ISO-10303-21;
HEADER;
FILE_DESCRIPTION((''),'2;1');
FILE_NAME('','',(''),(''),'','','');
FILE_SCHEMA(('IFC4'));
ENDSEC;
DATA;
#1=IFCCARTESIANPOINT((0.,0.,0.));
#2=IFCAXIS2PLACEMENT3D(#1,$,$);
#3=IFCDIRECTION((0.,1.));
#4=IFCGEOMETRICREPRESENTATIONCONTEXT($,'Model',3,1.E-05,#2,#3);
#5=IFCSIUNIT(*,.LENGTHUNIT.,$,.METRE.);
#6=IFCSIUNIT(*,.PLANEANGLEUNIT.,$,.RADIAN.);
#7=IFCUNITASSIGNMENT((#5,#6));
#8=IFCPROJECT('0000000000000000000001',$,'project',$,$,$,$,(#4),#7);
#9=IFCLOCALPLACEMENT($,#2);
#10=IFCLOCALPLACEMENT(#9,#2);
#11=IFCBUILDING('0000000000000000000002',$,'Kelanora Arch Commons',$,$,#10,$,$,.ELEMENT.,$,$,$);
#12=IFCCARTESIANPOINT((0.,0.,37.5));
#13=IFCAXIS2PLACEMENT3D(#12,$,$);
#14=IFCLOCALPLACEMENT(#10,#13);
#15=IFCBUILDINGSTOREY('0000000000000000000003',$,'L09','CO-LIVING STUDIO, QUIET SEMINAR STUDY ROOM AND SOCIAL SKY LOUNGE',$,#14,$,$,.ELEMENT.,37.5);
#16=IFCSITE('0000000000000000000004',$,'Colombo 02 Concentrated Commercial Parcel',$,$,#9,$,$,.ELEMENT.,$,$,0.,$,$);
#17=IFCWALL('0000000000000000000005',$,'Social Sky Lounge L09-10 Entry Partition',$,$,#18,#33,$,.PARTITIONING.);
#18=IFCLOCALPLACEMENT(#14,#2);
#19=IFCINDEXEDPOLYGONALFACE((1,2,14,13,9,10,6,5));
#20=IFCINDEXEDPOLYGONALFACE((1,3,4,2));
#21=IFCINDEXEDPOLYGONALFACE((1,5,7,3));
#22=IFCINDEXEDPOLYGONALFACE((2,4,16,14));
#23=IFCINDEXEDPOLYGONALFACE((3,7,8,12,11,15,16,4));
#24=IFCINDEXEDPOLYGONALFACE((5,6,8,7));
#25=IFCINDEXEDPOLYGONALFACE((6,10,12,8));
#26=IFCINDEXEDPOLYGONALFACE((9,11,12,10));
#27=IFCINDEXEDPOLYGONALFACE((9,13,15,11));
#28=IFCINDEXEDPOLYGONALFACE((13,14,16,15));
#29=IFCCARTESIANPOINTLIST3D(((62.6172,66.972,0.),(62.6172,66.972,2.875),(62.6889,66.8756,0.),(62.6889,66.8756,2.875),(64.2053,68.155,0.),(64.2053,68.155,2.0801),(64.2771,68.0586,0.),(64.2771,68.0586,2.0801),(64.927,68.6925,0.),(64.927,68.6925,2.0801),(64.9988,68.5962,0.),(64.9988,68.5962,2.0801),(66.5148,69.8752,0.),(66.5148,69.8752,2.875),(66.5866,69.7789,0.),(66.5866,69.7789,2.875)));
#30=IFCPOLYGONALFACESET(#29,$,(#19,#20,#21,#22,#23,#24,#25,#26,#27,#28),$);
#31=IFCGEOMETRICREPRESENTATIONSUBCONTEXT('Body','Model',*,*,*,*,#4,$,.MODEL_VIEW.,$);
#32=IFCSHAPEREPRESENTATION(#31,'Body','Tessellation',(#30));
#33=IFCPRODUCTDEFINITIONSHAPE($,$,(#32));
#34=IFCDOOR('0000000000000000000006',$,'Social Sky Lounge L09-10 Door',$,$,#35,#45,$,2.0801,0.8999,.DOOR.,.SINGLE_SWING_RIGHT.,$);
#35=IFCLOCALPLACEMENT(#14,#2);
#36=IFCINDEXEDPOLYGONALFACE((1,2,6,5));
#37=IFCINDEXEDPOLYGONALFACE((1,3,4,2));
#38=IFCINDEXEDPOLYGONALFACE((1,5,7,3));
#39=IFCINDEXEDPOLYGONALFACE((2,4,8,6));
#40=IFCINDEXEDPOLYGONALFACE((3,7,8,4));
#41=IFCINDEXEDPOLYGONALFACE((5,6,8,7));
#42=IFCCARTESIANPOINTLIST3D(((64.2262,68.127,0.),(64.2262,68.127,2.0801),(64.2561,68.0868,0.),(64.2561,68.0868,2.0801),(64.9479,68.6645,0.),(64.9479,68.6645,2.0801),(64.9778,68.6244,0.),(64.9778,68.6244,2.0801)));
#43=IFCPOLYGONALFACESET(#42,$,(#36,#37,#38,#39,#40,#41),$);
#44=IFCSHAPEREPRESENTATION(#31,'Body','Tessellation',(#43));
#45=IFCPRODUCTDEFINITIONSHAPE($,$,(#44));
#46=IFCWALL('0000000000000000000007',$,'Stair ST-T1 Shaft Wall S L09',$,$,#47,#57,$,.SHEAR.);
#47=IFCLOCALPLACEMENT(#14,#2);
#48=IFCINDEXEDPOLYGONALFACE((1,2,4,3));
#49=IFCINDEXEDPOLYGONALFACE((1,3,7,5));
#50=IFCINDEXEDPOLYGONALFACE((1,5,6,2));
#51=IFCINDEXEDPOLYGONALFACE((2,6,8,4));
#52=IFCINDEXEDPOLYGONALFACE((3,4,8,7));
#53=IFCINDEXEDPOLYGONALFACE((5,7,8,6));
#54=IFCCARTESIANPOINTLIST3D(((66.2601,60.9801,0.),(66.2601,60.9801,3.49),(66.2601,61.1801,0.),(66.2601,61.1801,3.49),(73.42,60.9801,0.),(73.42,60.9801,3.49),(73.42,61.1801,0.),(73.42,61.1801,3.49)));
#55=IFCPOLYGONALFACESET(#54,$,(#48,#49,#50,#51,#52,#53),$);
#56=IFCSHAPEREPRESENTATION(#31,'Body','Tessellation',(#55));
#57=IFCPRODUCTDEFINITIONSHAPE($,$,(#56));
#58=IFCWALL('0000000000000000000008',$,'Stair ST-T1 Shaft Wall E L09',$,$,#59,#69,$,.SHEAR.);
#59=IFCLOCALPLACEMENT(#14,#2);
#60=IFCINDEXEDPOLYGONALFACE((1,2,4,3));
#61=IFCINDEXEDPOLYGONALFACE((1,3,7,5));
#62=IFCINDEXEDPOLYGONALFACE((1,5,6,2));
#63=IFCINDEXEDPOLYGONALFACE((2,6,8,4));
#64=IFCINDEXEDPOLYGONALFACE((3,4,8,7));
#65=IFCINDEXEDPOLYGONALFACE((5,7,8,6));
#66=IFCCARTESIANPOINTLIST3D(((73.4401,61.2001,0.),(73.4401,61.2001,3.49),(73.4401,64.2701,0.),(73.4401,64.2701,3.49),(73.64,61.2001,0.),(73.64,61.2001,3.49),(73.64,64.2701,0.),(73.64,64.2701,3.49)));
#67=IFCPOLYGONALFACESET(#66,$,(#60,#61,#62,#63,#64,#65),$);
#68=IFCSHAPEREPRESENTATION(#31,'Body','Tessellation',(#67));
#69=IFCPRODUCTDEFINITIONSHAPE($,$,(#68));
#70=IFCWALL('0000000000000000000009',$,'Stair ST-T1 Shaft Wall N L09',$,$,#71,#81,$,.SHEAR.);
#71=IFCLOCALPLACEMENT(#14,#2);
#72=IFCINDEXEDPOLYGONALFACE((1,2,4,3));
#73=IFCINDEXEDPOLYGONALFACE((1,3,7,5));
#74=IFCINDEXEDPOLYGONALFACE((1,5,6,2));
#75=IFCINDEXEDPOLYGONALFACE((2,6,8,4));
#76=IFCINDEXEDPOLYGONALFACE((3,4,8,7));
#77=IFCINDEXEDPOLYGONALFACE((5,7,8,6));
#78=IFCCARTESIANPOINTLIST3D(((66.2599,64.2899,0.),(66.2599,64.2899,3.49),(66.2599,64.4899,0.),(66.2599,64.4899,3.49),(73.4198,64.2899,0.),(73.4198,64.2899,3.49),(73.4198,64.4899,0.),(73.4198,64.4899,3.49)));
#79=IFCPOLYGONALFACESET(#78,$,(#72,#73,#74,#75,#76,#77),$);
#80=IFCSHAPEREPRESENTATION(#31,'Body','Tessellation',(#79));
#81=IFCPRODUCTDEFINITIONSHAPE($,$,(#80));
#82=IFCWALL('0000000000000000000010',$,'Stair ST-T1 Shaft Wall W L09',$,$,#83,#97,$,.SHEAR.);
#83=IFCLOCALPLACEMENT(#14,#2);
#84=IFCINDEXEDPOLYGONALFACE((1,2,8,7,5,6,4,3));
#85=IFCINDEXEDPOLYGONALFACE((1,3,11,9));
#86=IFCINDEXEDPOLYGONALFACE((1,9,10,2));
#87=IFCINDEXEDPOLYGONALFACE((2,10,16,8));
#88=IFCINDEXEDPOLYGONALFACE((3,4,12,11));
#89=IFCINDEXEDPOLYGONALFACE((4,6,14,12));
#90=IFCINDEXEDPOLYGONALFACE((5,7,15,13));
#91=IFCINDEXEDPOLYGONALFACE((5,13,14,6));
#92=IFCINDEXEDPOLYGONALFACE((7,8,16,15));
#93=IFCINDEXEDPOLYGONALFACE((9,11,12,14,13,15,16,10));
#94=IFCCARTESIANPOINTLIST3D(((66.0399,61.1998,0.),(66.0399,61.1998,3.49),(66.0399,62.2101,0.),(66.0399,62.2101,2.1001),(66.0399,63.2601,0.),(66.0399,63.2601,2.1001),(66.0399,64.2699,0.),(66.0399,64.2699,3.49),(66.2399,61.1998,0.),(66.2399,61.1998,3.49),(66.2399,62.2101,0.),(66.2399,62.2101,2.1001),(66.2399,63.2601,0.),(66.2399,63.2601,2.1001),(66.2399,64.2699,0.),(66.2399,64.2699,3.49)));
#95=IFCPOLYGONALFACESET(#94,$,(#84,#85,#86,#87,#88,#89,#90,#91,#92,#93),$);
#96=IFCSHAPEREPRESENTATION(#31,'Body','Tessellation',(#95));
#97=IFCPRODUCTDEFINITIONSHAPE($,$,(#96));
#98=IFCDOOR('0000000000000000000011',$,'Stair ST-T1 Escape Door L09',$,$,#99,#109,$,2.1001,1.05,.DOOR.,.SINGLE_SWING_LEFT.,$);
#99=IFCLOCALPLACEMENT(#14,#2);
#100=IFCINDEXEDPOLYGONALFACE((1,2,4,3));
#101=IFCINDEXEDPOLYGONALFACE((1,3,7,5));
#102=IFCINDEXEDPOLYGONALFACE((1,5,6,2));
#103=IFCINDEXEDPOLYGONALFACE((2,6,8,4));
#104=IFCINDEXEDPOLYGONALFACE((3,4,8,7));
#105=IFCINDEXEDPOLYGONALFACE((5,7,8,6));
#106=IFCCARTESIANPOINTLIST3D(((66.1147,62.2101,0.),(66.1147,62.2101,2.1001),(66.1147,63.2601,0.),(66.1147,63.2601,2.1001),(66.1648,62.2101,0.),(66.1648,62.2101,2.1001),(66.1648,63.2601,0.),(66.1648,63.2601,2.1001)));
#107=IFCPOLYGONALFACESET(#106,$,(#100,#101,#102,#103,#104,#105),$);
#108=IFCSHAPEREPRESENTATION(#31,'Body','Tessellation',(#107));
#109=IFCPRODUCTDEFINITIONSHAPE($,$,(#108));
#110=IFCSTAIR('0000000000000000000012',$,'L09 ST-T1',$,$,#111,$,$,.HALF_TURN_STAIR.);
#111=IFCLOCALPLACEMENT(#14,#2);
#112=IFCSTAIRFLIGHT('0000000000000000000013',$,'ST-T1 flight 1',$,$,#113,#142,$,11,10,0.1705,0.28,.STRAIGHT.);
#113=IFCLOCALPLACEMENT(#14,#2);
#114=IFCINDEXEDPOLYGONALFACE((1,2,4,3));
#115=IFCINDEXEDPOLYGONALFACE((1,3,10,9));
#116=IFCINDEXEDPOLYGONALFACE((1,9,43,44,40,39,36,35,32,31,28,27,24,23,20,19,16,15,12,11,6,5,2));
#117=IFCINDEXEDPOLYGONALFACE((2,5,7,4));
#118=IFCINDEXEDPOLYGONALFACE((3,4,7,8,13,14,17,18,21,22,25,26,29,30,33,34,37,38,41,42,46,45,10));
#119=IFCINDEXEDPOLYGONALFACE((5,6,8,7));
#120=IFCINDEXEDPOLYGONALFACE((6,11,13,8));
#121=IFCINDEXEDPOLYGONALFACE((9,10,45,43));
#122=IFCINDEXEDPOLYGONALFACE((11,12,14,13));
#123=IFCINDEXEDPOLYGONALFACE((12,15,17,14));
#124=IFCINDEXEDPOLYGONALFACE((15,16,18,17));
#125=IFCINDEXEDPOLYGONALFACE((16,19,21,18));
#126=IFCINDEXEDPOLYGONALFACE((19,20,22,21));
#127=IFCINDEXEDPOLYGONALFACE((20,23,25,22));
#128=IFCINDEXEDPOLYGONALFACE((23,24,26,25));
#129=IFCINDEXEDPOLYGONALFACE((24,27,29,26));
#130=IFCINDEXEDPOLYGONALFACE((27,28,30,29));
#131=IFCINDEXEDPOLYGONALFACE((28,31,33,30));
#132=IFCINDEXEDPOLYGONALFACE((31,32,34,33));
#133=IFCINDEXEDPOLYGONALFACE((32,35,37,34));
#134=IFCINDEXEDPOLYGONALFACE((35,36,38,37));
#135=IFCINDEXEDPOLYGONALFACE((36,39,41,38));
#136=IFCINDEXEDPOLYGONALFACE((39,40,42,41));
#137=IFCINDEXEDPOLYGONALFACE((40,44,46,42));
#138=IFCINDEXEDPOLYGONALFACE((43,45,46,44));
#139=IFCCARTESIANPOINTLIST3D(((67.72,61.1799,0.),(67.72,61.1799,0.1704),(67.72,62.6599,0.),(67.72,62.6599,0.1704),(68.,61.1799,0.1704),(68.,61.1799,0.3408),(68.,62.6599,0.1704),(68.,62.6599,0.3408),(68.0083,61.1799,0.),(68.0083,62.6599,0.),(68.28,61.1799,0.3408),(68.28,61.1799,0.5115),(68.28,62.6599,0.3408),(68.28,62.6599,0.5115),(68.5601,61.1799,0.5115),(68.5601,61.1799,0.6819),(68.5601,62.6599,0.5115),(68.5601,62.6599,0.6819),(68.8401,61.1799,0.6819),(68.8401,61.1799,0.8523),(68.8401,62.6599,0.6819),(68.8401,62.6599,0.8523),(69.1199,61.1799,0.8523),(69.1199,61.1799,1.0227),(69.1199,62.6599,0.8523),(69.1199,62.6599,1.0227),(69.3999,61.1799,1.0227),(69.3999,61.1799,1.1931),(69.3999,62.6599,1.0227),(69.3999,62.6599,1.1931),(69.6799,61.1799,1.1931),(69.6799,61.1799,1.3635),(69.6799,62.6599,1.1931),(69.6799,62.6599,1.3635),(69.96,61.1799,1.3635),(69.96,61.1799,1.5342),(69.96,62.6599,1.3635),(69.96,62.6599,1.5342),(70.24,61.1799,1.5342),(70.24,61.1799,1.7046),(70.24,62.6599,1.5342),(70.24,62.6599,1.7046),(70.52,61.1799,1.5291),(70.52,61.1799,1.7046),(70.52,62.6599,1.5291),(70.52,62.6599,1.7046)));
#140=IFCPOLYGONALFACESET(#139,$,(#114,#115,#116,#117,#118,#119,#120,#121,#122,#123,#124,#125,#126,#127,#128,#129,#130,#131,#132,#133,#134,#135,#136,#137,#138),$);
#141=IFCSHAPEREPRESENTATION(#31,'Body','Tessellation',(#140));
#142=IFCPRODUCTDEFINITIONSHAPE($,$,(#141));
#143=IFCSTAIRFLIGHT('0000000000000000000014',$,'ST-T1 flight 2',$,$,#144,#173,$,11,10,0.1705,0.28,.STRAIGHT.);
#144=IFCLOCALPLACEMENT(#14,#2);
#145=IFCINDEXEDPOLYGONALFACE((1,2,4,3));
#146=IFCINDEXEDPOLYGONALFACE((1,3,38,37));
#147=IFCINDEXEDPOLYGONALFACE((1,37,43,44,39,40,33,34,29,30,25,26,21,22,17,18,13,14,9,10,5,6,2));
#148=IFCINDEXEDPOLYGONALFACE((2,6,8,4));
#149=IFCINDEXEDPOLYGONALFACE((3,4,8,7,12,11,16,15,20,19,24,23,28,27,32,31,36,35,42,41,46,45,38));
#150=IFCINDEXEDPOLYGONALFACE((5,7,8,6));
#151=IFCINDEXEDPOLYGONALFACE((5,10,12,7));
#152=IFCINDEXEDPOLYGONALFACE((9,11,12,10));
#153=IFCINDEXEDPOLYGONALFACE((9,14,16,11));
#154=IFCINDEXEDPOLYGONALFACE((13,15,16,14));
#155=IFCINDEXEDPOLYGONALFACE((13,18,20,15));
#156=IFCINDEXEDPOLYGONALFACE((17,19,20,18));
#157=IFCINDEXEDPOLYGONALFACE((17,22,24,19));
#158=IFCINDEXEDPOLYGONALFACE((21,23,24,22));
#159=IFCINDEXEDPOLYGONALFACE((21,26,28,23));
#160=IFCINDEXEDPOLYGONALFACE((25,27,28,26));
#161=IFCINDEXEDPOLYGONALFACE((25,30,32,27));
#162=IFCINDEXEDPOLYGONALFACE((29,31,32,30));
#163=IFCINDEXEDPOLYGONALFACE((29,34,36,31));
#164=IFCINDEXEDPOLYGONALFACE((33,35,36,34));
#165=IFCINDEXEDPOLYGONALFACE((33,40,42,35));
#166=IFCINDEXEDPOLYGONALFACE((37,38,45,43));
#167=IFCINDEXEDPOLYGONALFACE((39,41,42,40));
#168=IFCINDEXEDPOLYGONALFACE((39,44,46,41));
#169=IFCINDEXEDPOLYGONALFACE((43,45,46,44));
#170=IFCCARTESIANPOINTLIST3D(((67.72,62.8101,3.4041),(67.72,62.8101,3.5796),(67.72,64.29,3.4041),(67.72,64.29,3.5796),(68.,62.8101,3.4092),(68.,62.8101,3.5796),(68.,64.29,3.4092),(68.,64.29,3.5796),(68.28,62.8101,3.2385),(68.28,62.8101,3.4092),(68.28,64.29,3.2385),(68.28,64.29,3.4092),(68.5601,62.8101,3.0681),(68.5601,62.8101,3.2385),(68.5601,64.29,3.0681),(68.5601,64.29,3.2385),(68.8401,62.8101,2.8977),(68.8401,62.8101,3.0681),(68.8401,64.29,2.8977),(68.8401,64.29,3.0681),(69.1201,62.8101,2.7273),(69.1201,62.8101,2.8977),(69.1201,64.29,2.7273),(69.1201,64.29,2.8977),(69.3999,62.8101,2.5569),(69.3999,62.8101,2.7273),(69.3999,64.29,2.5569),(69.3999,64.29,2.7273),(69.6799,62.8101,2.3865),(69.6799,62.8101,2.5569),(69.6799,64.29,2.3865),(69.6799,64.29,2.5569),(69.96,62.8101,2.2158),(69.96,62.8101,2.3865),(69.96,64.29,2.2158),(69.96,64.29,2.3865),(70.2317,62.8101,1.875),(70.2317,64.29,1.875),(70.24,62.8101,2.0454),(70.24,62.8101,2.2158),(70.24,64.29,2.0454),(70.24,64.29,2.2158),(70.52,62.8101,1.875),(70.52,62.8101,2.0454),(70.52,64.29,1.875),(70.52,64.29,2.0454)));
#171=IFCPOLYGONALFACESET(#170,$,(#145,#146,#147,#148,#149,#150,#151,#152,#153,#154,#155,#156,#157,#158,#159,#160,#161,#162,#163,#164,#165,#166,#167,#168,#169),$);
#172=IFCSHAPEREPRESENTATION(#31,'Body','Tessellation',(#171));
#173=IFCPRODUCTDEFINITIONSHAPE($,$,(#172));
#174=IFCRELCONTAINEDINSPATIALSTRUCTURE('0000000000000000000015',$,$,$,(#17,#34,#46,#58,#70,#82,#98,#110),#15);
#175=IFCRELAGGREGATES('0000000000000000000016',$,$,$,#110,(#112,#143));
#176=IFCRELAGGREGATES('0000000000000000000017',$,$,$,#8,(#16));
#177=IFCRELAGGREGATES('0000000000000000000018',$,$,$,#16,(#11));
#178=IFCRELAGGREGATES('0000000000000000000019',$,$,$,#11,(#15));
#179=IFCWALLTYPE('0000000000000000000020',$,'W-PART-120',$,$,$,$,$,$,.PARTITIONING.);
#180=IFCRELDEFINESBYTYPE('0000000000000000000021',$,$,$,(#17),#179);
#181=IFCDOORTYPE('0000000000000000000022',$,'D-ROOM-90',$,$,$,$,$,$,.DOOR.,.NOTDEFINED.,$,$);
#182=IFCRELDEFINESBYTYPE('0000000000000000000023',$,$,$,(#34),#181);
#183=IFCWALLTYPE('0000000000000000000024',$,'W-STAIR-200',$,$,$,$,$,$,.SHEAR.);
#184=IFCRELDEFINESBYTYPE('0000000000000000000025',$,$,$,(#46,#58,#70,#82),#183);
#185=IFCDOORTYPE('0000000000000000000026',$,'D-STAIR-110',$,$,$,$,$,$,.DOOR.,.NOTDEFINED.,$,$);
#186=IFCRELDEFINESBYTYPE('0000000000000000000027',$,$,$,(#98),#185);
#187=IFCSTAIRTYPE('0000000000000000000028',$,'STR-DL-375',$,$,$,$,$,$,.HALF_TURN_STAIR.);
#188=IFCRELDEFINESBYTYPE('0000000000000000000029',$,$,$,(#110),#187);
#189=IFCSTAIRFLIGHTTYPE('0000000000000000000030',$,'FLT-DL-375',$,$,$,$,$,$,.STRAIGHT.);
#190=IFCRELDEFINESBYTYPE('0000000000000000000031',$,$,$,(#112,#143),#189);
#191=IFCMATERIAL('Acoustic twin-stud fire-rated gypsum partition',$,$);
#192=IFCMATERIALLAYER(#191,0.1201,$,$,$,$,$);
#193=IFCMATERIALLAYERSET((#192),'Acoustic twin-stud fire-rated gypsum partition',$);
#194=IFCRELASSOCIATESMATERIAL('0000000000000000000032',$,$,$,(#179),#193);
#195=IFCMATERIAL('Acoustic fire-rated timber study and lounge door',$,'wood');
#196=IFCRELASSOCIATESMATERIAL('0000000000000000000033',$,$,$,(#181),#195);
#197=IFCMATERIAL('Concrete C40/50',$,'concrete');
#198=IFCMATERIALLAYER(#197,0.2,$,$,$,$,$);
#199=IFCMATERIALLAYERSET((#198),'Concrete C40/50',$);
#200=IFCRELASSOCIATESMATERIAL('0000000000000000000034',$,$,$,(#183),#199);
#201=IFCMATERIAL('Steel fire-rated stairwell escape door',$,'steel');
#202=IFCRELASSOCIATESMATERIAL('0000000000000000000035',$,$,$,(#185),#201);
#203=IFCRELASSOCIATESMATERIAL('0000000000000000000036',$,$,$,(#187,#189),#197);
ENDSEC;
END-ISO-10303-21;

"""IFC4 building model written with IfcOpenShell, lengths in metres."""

from ifc_helpers import new_model, si_unit, direction, frame, frame_2d, origin, place, context, subcontext, project, spatial, polyline, rectangle, outline, extrude, material, layer, layer_set, type_object, element, fill, aggregate, save


model = new_model("IFC4")

# Units and contexts
model_context = context("Model", 3, precision=1e-05, world=origin(), true_north=direction((0.0, 1.0)))
body_context = subcontext(model_context, "Body", "Model", "MODEL_VIEW")
ifc_project = project(units=[si_unit("LENGTHUNIT", "METRE"), si_unit("PLANEANGLEUNIT", "RADIAN")], contexts=[model_context])

# Site, building, storey
site_placement = place(None, origin())
site = spatial("IfcSite", under=ifc_project, at=site_placement, Name="Colombo 02 Concentrated Commercial Parcel", CompositionType="ELEMENT", RefElevation=0.0)
building_placement = place(site_placement, origin())
building = spatial("IfcBuilding", under=site, at=building_placement, Name="Kelanora Arch Commons", CompositionType="ELEMENT")
storey_placement = place(building_placement, frame((0.0, 0.0, 37.5)))
storey = spatial("IfcBuildingStorey", under=building, at=storey_placement, Name="L09", Description="CO-LIVING STUDIO, QUIET SEMINAR STUDY ROOM AND SOCIAL SKY LOUNGE", CompositionType="ELEMENT", Elevation=37.5)

# Shared definitions
ifc_material_1 = material(Name="Concrete C40/50", Category="concrete")

# Wall, opening, door
ifc_material_2 = material(Name="Acoustic twin-stud fire-rated gypsum partition")
ifc_layer_1 = layer(ifc_material_2, 0.1201)
ifc_layer_set_1 = layer_set([ifc_layer_1], Name="Acoustic twin-stud fire-rated gypsum partition")
wall_type_1 = type_object("IfcWallType", Name="W-PART-120", PredefinedType="PARTITIONING", material=ifc_layer_set_1)
wall_1_placement = place(storey_placement, frame((66.5508, 69.8271, 0.0), z_axis=(0.0, 0.0, 1.0), x_axis=(-0.801967, -0.597369, 0.0)))
wall_1 = element("IfcWall", 1, at=wall_1_placement, inside=storey, type_object=wall_type_1, Name="Social Sky Lounge L09-10 Entry Partition", PredefinedType="PARTITIONING", context=body_context, shape_type="SweptSolid", body=[
    extrude(rectangle(XDim=4.8601, YDim=0.1201, at=frame_2d((2.4302, 0.0))), origin(), (0.0, 0.0, 1.0), 2.875),
])
opening_1_placement = place(wall_1_placement, frame((1.98, 0.0, 0.0)))
opening_1 = element("IfcOpeningElement", 2, at=opening_1_placement, cuts=wall_1, PredefinedType="OPENING", context=body_context, shape_type="SweptSolid", body=[
    extrude(rectangle(XDim=0.8999, YDim=2.0801, at=frame_2d((0.45, 1.04))), frame((0.0, 0.0701, 0.0), z_axis=(0.0, -1.0, 0.0), x_axis=(1.0, 0.0, 0.0)), (0.0, 0.0, 1.0), 0.1401),
])
ifc_material_3 = material(Name="Acoustic fire-rated timber study and lounge door", Category="wood")
door_type_1 = type_object("IfcDoorType", Name="D-ROOM-90", OperationType="NOTDEFINED", PredefinedType="DOOR", material=ifc_material_3)
door_1_placement = place(opening_1_placement, origin())
door_1 = element("IfcDoor", 3, at=door_1_placement, inside=storey, type_object=door_type_1, Name="Social Sky Lounge L09-10 Door", OperationType="SINGLE_SWING_RIGHT", OverallHeight=2.0801, OverallWidth=0.8999, PredefinedType="DOOR", context=body_context, shape_type="SweptSolid", body=[
    extrude(rectangle(XDim=0.8999, YDim=2.0801, at=frame_2d((0.45, 1.04))), frame((0.0, 0.0249, 0.0), z_axis=(0.0, -1.0, 0.0), x_axis=(1.0, 0.0, 0.0)), (0.0, 0.0, 1.0), 0.05),
])
fill(opening_1, door_1)

# Walls
ifc_layer_2 = layer(ifc_material_1, 0.2)
ifc_layer_set_2 = layer_set([ifc_layer_2], Name="Concrete C40/50")
wall_type_2 = type_object("IfcWallType", Name="W-STAIR-200", PredefinedType="SHEAR", material=ifc_layer_set_2)
wall_2_placement = place(storey_placement, frame((66.26, 61.0801, 0.0), z_axis=(0.0, 0.0, 1.0), x_axis=(1.0, 0.0, 0.0)))
element("IfcWall", 4, at=wall_2_placement, inside=storey, type_object=wall_type_2, Name="Stair ST-T1 Shaft Wall S L09", PredefinedType="SHEAR", context=body_context, shape_type="SweptSolid", body=[
    extrude(rectangle(XDim=7.1599, YDim=0.2, at=frame_2d((3.5801, 0.0))), origin(), (0.0, 0.0, 1.0), 3.49),
])
wall_3_placement = place(storey_placement, frame((73.54, 61.2, 0.0), z_axis=(0.0, 0.0, 1.0), x_axis=(0.0, 1.0, 0.0)))
element("IfcWall", 5, at=wall_3_placement, inside=storey, type_object=wall_type_2, Name="Stair ST-T1 Shaft Wall E L09", PredefinedType="SHEAR", context=body_context, shape_type="SweptSolid", body=[
    extrude(rectangle(XDim=3.0701, YDim=0.2, at=frame_2d((1.5352, 0.0))), origin(), (0.0, 0.0, 1.0), 3.49),
])
wall_4_placement = place(storey_placement, frame((73.4199, 64.3899, 0.0), z_axis=(0.0, 0.0, 1.0), x_axis=(-1.0, 0.0, 0.0)))
element("IfcWall", 6, at=wall_4_placement, inside=storey, type_object=wall_type_2, Name="Stair ST-T1 Shaft Wall N L09", PredefinedType="SHEAR", context=body_context, shape_type="SweptSolid", body=[
    extrude(rectangle(XDim=7.1599, YDim=0.2, at=frame_2d((3.5801, 0.0))), origin(), (0.0, 0.0, 1.0), 3.49),
])

# Wall, opening, door
wall_5_placement = place(storey_placement, frame((66.1399, 64.27, 0.0), z_axis=(0.0, 0.0, 1.0), x_axis=(0.0, -1.0, 0.0)))
wall_5 = element("IfcWall", 7, at=wall_5_placement, inside=storey, type_object=wall_type_2, Name="Stair ST-T1 Shaft Wall W L09", PredefinedType="SHEAR", context=body_context, shape_type="SweptSolid", body=[
    extrude(rectangle(XDim=3.0701, YDim=0.2, at=frame_2d((1.5352, 0.0))), origin(), (0.0, 0.0, 1.0), 3.49),
])
opening_2_placement = place(wall_5_placement, frame((1.01, 0.0, 0.0)))
opening_2 = element("IfcOpeningElement", 8, at=opening_2_placement, cuts=wall_5, PredefinedType="OPENING", context=body_context, shape_type="SweptSolid", body=[
    extrude(rectangle(XDim=1.05, YDim=2.1001, at=frame_2d((0.5249, 1.05))), frame((0.0, 0.1099, 0.0), z_axis=(0.0, -1.0, 0.0), x_axis=(1.0, 0.0, 0.0)), (0.0, 0.0, 1.0), 0.22),
])
ifc_material_4 = material(Name="Steel fire-rated stairwell escape door", Category="steel")
door_type_2 = type_object("IfcDoorType", Name="D-STAIR-110", OperationType="NOTDEFINED", PredefinedType="DOOR", material=ifc_material_4)
door_2_placement = place(opening_2_placement, origin())
door_2 = element("IfcDoor", 9, at=door_2_placement, inside=storey, type_object=door_type_2, Name="Stair ST-T1 Escape Door L09", OperationType="SINGLE_SWING_LEFT", OverallHeight=2.1001, OverallWidth=1.05, PredefinedType="DOOR", context=body_context, shape_type="SweptSolid", body=[
    extrude(rectangle(XDim=1.05, YDim=2.1001, at=frame_2d((0.5249, 1.05))), frame((0.0, 0.0249, 0.0), z_axis=(0.0, -1.0, 0.0), x_axis=(1.0, 0.0, 0.0)), (0.0, 0.0, 1.0), 0.05),
])
fill(opening_2, door_2)

# Stair, stair flights
stair_type = type_object("IfcStairType", Name="STR-DL-375", PredefinedType="HALF_TURN_STAIR", material=ifc_material_1)
stair_placement = place(storey_placement, origin())
stair = element("IfcStair", 10, at=stair_placement, inside=storey, type_object=stair_type, Name="L09 ST-T1", PredefinedType="HALF_TURN_STAIR")
stair_flight_type = type_object("IfcStairFlightType", Name="FLT-DL-375", PredefinedType="STRAIGHT", material=ifc_material_1)
stair_flight_1_placement = place(storey_placement, frame((67.72, 61.9199, 0.0), z_axis=(0.0, 0.0, 1.0), x_axis=(1.0, 0.0, 0.0)))
stair_flight_1 = element("IfcStairFlight", 11, at=stair_flight_1_placement, type_object=stair_flight_type, Name="ST-T1 flight 1", NumberOfRisers=11, NumberOfTreads=10, PredefinedType="STRAIGHT", RiserHeight=0.1705, TreadLength=0.28, context=body_context, shape_type="SweptSolid", body=[
    extrude(outline(polyline([(0.0, 0.0), (0.0, 0.1704), (0.28, 0.1704), (0.28, 0.3408), (0.5601, 0.3408), (0.5601, 0.5115), (0.8401, 0.5115), (0.8401, 0.6819), (1.1201, 0.6819), (1.1201, 0.8523), (1.3999, 0.8523), (1.3999, 1.0227), (1.6799, 1.0227), (1.6799, 1.1931), (1.96, 1.1931), (1.96, 1.3635), (2.24, 1.3635), (2.24, 1.5342), (2.52, 1.5342), (2.52, 1.7046), (2.8, 1.7046), (2.8, 1.875), (2.8, 1.5291), (0.2883, 0.0), (0.0, 0.0)])), frame((0.0, 0.74, 0.0), z_axis=(0.0, -1.0, 0.0), x_axis=(1.0, 0.0, 0.0)), (0.0, 0.0, 1.0), 1.48),
])
stair_flight_2_placement = place(storey_placement, frame((70.52, 63.55, 1.875), z_axis=(0.0, 0.0, 1.0), x_axis=(-1.0, 0.0, 0.0)))
stair_flight_2 = element("IfcStairFlight", 12, at=stair_flight_2_placement, type_object=stair_flight_type, Name="ST-T1 flight 2", NumberOfRisers=11, NumberOfTreads=10, PredefinedType="STRAIGHT", RiserHeight=0.1705, TreadLength=0.28, context=body_context, shape_type="SweptSolid", body=[
    extrude(outline(polyline([(0.0, 0.0), (0.0, 0.1704), (0.28, 0.1704), (0.28, 0.3408), (0.5601, 0.3408), (0.5601, 0.5115), (0.8401, 0.5115), (0.8401, 0.6819), (1.1201, 0.6819), (1.1201, 0.8523), (1.3999, 0.8523), (1.3999, 1.0227), (1.6799, 1.0227), (1.6799, 1.1931), (1.96, 1.1931), (1.96, 1.3635), (2.24, 1.3635), (2.24, 1.5342), (2.52, 1.5342), (2.52, 1.7046), (2.8, 1.7046), (2.8, 1.875), (2.8, 1.5291), (0.2883, 0.0), (0.0, 0.0)])), frame((0.0, 0.74, 0.0), z_axis=(0.0, -1.0, 0.0), x_axis=(1.0, 0.0, 0.0)), (0.0, 0.0, 1.0), 1.48),
])
aggregate(stair, [stair_flight_1, stair_flight_2])

save(model, "model.ifc")
